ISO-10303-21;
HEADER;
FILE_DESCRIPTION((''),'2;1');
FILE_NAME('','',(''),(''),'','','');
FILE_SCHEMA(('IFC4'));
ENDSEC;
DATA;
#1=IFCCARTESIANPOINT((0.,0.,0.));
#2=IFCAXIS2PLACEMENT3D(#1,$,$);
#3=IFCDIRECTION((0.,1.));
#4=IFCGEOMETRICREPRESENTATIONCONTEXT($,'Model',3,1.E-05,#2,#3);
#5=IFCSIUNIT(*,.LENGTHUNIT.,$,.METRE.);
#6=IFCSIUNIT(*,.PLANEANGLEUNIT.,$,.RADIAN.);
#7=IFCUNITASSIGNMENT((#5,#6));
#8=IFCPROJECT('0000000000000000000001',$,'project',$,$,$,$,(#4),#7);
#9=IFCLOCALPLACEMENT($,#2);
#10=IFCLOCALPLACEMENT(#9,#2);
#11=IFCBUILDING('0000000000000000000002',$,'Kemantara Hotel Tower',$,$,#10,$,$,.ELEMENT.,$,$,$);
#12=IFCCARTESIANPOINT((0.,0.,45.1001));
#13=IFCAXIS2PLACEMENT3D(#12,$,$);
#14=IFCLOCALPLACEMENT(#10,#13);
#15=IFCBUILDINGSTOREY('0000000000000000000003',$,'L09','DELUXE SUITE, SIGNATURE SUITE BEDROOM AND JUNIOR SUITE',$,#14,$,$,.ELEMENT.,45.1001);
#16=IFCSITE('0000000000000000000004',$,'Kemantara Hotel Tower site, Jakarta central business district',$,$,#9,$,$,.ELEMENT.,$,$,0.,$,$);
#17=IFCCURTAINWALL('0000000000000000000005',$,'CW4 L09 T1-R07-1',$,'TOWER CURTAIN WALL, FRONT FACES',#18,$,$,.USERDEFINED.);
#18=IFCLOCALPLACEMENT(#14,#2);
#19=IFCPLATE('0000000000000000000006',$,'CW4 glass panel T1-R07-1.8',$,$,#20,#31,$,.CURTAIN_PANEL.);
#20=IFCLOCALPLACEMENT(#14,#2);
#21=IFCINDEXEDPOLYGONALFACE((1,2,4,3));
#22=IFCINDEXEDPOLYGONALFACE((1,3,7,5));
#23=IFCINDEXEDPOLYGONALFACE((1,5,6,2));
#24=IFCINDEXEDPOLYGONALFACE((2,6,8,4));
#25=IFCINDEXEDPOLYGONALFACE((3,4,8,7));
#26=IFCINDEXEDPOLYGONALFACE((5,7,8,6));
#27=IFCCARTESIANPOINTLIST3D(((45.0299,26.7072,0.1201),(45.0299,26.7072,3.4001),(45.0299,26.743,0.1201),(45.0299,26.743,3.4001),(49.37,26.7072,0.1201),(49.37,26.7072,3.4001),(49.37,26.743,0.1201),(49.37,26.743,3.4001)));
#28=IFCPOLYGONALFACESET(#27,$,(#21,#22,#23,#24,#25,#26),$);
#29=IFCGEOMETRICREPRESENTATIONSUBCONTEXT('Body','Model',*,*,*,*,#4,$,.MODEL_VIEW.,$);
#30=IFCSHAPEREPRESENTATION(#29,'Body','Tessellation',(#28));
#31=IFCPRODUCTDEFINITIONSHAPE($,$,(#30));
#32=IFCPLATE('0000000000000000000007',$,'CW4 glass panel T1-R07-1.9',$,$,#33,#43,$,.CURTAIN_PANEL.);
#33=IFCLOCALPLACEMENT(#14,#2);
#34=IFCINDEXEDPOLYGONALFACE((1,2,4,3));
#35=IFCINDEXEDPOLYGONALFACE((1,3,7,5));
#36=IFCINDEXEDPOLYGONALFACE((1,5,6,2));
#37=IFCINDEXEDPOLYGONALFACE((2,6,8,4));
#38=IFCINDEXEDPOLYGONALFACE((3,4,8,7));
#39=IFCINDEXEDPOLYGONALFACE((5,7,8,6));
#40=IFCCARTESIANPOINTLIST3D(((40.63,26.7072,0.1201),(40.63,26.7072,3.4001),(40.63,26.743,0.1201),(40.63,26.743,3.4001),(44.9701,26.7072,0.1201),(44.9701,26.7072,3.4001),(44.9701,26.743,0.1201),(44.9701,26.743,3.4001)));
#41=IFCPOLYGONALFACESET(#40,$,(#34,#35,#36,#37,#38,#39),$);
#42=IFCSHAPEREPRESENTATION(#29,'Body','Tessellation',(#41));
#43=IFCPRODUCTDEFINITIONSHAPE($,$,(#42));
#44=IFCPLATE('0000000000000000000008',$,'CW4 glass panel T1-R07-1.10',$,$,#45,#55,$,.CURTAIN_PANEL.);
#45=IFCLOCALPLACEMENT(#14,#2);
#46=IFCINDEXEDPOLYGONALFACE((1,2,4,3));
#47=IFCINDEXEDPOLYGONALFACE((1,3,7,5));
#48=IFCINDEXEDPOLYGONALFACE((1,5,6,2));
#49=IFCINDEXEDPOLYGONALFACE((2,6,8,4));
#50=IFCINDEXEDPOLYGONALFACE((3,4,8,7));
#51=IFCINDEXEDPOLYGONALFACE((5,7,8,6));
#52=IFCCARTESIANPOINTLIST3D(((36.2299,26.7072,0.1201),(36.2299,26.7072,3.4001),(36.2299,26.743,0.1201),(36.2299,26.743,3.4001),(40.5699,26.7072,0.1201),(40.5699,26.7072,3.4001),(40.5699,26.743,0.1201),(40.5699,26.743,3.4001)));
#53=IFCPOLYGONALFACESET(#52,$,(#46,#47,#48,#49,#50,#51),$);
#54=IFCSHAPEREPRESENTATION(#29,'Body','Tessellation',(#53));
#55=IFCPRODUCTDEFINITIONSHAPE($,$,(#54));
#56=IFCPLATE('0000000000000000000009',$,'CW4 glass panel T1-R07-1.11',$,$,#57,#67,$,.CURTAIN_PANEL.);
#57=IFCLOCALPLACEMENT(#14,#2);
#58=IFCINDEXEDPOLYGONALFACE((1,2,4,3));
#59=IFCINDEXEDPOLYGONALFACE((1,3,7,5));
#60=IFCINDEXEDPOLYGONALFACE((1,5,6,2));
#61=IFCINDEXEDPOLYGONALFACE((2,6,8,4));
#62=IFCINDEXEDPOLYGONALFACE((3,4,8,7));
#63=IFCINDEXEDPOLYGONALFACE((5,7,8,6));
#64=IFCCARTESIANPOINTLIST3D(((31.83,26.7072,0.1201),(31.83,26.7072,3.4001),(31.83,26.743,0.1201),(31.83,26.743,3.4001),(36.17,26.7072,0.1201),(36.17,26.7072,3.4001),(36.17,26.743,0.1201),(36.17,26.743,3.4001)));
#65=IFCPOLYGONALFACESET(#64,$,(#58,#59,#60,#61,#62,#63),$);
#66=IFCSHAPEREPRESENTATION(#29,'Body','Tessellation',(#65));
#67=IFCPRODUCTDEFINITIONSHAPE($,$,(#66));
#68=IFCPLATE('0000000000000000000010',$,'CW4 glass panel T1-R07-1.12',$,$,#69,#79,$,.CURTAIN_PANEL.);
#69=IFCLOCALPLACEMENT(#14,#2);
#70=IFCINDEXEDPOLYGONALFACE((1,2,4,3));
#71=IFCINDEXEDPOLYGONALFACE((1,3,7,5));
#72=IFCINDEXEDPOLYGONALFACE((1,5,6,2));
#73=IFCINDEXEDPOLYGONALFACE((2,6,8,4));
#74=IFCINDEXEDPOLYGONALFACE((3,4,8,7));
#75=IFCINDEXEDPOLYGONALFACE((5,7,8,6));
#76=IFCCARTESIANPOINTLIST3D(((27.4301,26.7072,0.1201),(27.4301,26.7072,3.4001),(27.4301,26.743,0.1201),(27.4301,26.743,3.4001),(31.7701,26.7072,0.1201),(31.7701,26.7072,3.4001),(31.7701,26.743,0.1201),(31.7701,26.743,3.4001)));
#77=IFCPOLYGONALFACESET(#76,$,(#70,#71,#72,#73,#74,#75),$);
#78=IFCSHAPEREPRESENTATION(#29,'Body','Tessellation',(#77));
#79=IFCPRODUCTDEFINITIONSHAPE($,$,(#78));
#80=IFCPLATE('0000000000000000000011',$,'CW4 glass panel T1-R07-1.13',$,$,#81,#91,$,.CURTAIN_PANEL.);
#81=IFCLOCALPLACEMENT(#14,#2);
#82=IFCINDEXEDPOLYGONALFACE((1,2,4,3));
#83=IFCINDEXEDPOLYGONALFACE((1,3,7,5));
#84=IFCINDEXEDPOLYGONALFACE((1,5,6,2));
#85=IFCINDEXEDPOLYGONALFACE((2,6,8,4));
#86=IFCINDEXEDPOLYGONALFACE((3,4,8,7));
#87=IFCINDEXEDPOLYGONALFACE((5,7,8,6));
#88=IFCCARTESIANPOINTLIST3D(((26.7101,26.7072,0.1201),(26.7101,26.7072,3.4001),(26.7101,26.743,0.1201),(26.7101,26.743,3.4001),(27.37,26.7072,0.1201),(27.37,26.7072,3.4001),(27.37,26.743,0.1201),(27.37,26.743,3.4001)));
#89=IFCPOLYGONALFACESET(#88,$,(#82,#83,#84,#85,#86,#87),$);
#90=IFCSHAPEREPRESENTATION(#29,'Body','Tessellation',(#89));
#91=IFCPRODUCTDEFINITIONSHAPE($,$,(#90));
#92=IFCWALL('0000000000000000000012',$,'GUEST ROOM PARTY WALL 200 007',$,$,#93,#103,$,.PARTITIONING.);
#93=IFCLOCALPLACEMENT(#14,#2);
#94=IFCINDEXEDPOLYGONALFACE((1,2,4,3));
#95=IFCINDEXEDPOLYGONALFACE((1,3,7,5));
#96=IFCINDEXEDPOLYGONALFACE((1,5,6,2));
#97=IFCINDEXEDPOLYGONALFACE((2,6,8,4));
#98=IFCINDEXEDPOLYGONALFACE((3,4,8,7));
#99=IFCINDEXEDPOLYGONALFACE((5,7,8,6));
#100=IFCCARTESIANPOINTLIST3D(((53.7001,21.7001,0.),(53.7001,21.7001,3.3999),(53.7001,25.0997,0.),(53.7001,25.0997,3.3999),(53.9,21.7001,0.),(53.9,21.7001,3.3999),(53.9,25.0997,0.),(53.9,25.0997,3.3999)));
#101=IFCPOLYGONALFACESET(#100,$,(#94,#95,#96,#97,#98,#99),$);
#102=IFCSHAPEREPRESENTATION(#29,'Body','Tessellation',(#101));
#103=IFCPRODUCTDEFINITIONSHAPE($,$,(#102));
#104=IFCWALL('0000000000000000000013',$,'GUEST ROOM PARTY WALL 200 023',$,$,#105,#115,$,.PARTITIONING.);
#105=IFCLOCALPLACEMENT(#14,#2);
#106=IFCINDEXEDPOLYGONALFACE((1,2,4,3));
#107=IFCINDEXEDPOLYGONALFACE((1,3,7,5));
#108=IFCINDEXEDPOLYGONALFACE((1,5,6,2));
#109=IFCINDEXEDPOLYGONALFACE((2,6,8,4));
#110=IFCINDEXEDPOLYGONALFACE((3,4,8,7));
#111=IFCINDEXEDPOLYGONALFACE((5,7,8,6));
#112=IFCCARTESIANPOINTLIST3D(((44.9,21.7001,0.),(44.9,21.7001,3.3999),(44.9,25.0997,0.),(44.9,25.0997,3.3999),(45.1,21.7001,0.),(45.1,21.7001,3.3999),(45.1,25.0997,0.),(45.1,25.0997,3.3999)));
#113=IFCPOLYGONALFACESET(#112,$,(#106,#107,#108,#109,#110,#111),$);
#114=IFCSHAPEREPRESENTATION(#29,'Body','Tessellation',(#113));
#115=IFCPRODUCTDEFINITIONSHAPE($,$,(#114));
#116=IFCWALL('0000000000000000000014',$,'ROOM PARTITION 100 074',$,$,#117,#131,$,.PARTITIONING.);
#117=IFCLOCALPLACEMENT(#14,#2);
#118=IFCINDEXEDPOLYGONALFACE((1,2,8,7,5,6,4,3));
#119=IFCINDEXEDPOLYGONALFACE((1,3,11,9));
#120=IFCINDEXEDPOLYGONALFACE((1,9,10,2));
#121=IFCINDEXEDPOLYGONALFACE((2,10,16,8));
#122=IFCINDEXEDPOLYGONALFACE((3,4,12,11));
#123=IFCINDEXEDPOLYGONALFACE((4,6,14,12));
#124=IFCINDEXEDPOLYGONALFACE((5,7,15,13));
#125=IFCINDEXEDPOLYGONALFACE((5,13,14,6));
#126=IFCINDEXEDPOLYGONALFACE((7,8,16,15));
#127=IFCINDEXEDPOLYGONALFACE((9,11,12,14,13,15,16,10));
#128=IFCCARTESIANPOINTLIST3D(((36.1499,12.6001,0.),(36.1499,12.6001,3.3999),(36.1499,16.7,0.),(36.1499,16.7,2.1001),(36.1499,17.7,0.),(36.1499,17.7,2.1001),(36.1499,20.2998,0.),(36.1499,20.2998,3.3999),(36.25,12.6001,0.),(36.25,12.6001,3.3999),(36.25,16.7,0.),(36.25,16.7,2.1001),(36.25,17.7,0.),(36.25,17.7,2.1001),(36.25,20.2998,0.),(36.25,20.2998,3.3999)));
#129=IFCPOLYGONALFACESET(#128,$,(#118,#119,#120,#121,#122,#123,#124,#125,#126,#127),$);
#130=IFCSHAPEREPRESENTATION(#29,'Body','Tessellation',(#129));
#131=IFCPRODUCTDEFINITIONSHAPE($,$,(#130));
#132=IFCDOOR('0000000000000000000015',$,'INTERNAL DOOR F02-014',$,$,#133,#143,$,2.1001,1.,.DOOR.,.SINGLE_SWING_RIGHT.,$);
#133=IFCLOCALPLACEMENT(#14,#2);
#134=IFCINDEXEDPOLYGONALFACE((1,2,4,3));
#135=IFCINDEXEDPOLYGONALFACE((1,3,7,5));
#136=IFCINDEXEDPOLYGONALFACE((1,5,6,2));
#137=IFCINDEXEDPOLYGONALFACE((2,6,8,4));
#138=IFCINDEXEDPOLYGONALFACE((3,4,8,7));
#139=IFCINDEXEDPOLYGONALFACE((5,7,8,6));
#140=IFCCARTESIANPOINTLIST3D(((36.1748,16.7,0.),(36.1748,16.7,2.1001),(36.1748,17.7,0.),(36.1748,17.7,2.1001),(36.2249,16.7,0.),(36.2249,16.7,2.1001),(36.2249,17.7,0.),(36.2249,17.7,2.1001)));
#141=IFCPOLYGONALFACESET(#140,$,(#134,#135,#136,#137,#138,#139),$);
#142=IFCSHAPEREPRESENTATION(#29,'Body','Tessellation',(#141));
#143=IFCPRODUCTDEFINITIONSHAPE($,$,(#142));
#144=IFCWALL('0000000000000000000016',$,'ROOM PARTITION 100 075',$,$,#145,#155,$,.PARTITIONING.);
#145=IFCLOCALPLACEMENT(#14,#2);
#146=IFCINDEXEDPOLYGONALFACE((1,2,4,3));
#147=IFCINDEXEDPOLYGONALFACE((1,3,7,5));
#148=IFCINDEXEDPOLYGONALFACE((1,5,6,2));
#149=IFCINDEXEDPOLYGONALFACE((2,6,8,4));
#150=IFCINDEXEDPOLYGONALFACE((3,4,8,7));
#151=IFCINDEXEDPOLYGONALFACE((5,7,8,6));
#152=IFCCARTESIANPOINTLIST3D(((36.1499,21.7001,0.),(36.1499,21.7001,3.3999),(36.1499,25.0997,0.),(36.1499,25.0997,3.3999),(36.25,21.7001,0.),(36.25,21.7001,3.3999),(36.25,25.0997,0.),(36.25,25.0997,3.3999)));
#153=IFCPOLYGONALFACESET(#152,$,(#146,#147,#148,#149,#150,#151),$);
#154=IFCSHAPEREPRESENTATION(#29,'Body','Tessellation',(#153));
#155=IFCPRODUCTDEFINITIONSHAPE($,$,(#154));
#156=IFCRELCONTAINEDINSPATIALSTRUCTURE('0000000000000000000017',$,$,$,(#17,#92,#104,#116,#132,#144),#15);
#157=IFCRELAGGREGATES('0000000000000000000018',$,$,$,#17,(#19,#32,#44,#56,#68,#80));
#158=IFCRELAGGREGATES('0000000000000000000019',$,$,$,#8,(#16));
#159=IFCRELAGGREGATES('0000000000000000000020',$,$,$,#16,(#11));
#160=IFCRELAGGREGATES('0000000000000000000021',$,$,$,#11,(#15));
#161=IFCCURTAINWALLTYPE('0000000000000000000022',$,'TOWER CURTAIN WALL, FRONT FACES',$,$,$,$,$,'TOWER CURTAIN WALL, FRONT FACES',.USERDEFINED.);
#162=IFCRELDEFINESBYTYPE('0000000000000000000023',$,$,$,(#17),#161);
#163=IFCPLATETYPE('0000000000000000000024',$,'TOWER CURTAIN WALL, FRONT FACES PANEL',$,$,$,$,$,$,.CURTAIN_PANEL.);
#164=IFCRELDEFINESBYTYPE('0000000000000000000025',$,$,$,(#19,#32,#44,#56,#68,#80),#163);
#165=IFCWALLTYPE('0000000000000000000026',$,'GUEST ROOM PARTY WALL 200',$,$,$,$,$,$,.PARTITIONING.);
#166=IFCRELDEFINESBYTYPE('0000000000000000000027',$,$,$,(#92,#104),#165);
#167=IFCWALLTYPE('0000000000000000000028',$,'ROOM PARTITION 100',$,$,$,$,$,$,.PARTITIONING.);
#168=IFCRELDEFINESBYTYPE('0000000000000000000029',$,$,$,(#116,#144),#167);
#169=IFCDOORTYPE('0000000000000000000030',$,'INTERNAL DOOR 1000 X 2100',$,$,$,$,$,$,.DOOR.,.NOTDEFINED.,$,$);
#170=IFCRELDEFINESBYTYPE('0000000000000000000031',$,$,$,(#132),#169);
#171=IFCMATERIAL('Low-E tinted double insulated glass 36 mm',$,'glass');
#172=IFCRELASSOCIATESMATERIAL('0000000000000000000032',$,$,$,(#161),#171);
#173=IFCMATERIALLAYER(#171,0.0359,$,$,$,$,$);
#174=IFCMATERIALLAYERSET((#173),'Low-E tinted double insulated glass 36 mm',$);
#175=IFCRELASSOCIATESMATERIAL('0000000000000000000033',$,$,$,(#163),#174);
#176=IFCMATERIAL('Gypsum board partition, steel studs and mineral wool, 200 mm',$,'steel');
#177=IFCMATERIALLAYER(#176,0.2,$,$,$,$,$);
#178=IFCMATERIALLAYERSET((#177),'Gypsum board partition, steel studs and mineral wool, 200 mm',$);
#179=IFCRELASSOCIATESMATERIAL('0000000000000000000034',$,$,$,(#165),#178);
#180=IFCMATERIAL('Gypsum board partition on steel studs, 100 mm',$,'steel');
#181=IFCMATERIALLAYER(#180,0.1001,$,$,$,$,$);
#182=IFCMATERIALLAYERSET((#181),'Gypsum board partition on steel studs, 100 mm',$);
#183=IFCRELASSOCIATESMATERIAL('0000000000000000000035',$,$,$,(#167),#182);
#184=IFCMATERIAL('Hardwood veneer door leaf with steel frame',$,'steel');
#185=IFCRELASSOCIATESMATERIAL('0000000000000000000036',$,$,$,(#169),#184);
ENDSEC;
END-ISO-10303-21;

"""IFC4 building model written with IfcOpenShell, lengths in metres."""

from ifc_helpers import new_model, si_unit, direction, frame, frame_2d, origin, origin_2d, place, context, subcontext, project, spatial, rectangle, extrude, source, transform, mapped, material, layer, layer_set, type_object, element, fill, aggregate, save


model = new_model("IFC4")

# Units and contexts
model_context = context("Model", 3, precision=1e-05, world=origin(), true_north=direction((0.0, 1.0)))
body_context = subcontext(model_context, "Body", "Model", "MODEL_VIEW")
ifc_project = project(units=[si_unit("LENGTHUNIT", "METRE"), si_unit("PLANEANGLEUNIT", "RADIAN")], contexts=[model_context])

# Site, building, storey
site_placement = place(None, origin())
site = spatial("IfcSite", under=ifc_project, at=site_placement, Name="Kemantara Hotel Tower site, Jakarta central business district", CompositionType="ELEMENT", RefElevation=0.0)
building_placement = place(site_placement, origin())
building = spatial("IfcBuilding", under=site, at=building_placement, Name="Kemantara Hotel Tower", CompositionType="ELEMENT")
storey_placement = place(building_placement, frame((0.0, 0.0, 45.1001)))
storey = spatial("IfcBuildingStorey", under=building, at=storey_placement, Name="L09", Description="DELUXE SUITE, SIGNATURE SUITE BEDROOM AND JUNIOR SUITE", CompositionType="ELEMENT", Elevation=45.1001)

# Curtain wall, plates
ifc_material_1 = material(Name="Low-E tinted double insulated glass 36 mm", Category="glass")
curtain_wall_type = type_object("IfcCurtainWallType", Name="TOWER CURTAIN WALL, FRONT FACES", ElementType="TOWER CURTAIN WALL, FRONT FACES", PredefinedType="USERDEFINED", material=ifc_material_1)
curtain_wall_placement = place(storey_placement, origin())
curtain_wall = element("IfcCurtainWall", 1, at=curtain_wall_placement, inside=storey, type_object=curtain_wall_type, Name="CW4 L09 T1-R07-1", ObjectType="TOWER CURTAIN WALL, FRONT FACES", PredefinedType="USERDEFINED")
ifc_layer_1 = layer(ifc_material_1, 0.0359)
ifc_layer_set_1 = layer_set([ifc_layer_1], Name="Low-E tinted double insulated glass 36 mm")
plate_type = type_object("IfcPlateType", Name="TOWER CURTAIN WALL, FRONT FACES PANEL", PredefinedType="CURTAIN_PANEL", material=ifc_layer_set_1)
shared_shape_1 = source(origin(), body_context, "Body", "SweptSolid", [
    extrude(rectangle(XDim=4.3401, YDim=0.0359, at=origin_2d()), origin(), (0.0, 0.0, 1.0), 3.28),
])
plate_1_placement = place(storey_placement, frame((47.2, 26.7251, 0.1201), z_axis=(0.0, 0.0, 1.0), x_axis=(-1.0, 0.0, 0.0)))
plate_1 = element("IfcPlate", 2, at=plate_1_placement, type_object=plate_type, Name="CW4 glass panel T1-R07-1.8", PredefinedType="CURTAIN_PANEL", context=body_context, shape_type="MappedRepresentation", body=[
    mapped(shared_shape_1, transform((0.0, 0.0, 0.0))),
])
plate_2_placement = place(storey_placement, frame((42.8, 26.7251, 0.1201), z_axis=(0.0, 0.0, 1.0), x_axis=(-1.0, 0.0, 0.0)))
plate_2 = element("IfcPlate", 3, at=plate_2_placement, type_object=plate_type, Name="CW4 glass panel T1-R07-1.9", PredefinedType="CURTAIN_PANEL", context=body_context, shape_type="MappedRepresentation", body=[
    mapped(shared_shape_1, transform((0.0, 0.0, 0.0))),
])
plate_3_placement = place(storey_placement, frame((38.3999, 26.7251, 0.1201), z_axis=(0.0, 0.0, 1.0), x_axis=(-1.0, 0.0, 0.0)))
plate_3 = element("IfcPlate", 4, at=plate_3_placement, type_object=plate_type, Name="CW4 glass panel T1-R07-1.10", PredefinedType="CURTAIN_PANEL", context=body_context, shape_type="MappedRepresentation", body=[
    mapped(shared_shape_1, transform((0.0, 0.0, 0.0))),
])
plate_4_placement = place(storey_placement, frame((34.0, 26.7251, 0.1201), z_axis=(0.0, 0.0, 1.0), x_axis=(-1.0, 0.0, 0.0)))
plate_4 = element("IfcPlate", 5, at=plate_4_placement, type_object=plate_type, Name="CW4 glass panel T1-R07-1.11", PredefinedType="CURTAIN_PANEL", context=body_context, shape_type="MappedRepresentation", body=[
    mapped(shared_shape_1, transform((0.0, 0.0, 0.0))),
])
plate_5_placement = place(storey_placement, frame((29.6001, 26.7251, 0.1201), z_axis=(0.0, 0.0, 1.0), x_axis=(-1.0, 0.0, 0.0)))
plate_5 = element("IfcPlate", 6, at=plate_5_placement, type_object=plate_type, Name="CW4 glass panel T1-R07-1.12", PredefinedType="CURTAIN_PANEL", context=body_context, shape_type="MappedRepresentation", body=[
    mapped(shared_shape_1, transform((0.0, 0.0, 0.0))),
])
shared_shape_2 = source(origin(), body_context, "Body", "SweptSolid", [
    extrude(rectangle(XDim=0.6599, YDim=0.0359, at=origin_2d()), origin(), (0.0, 0.0, 1.0), 3.28),
])
plate_6_placement = place(storey_placement, frame((27.04, 26.7251, 0.1201), z_axis=(0.0, 0.0, 1.0), x_axis=(-1.0, 0.0, 0.0)))
plate_6 = element("IfcPlate", 7, at=plate_6_placement, type_object=plate_type, Name="CW4 glass panel T1-R07-1.13", PredefinedType="CURTAIN_PANEL", context=body_context, shape_type="MappedRepresentation", body=[
    mapped(shared_shape_2, transform((0.0, 0.0, 0.0))),
])
aggregate(curtain_wall, [plate_1, plate_2, plate_3, plate_4, plate_5, plate_6])

# Walls
ifc_material_2 = material(Name="Gypsum board partition, steel studs and mineral wool, 200 mm", Category="steel")
ifc_layer_2 = layer(ifc_material_2, 0.2)
ifc_layer_set_2 = layer_set([ifc_layer_2], Name="Gypsum board partition, steel studs and mineral wool, 200 mm")
wall_type_1 = type_object("IfcWallType", Name="GUEST ROOM PARTY WALL 200", PredefinedType="PARTITIONING", material=ifc_layer_set_2)
for number, where, z_axis, x_axis, name in (
    (8, (53.8, 21.7002, 0.0), (0.0, 0.0, 1.0), (0.0, 1.0, 0.0), "GUEST ROOM PARTY WALL 200 007"),
    (9, (45.0, 21.7002, 0.0), (0.0, 0.0, 1.0), (0.0, 1.0, 0.0), "GUEST ROOM PARTY WALL 200 023"),
):
    element("IfcWall", number, at=place(storey_placement, frame(where, z_axis=z_axis, x_axis=x_axis)), inside=storey, type_object=wall_type_1, Name=name, PredefinedType="PARTITIONING", context=body_context, shape_type="SweptSolid", body=[
        extrude(rectangle(XDim=3.3997, YDim=0.2, at=frame_2d((1.6997, 0.0))), origin(), (0.0, 0.0, 1.0), 3.3999),
    ])

# Wall, opening, door
ifc_material_3 = material(Name="Gypsum board partition on steel studs, 100 mm", Category="steel")
ifc_layer_3 = layer(ifc_material_3, 0.1001)
ifc_layer_set_3 = layer_set([ifc_layer_3], Name="Gypsum board partition on steel studs, 100 mm")
wall_type_2 = type_object("IfcWallType", Name="ROOM PARTITION 100", PredefinedType="PARTITIONING", material=ifc_layer_set_3)
wall_1_placement = place(storey_placement, frame((36.2, 20.2998, 0.0), z_axis=(0.0, 0.0, 1.0), x_axis=(0.0, -1.0, 0.0)))
wall_1 = element("IfcWall", 10, at=wall_1_placement, inside=storey, type_object=wall_type_2, Name="ROOM PARTITION 100 074", PredefinedType="PARTITIONING", context=body_context, shape_type="SweptSolid", body=[
    extrude(rectangle(XDim=7.6997, YDim=0.1001, at=frame_2d((3.8499, 0.0))), origin(), (0.0, 0.0, 1.0), 3.3999),
])
opening_placement = place(wall_1_placement, frame((2.5999, 0.0, 0.0)))
opening = element("IfcOpeningElement", 11, at=opening_placement, cuts=wall_1, PredefinedType="OPENING", context=body_context, shape_type="SweptSolid", body=[
    extrude(rectangle(XDim=1.0, YDim=2.1001, at=frame_2d((0.5, 1.05))), frame((0.0, 0.0601, 0.0), z_axis=(0.0, -1.0, 0.0), x_axis=(1.0, 0.0, 0.0)), (0.0, 0.0, 1.0), 0.1201),
])
ifc_material_4 = material(Name="Hardwood veneer door leaf with steel frame", Category="steel")
door_type = type_object("IfcDoorType", Name="INTERNAL DOOR 1000 X 2100", OperationType="NOTDEFINED", PredefinedType="DOOR", material=ifc_material_4)
door_placement = place(opening_placement, origin())
door = element("IfcDoor", 12, at=door_placement, inside=storey, type_object=door_type, Name="INTERNAL DOOR F02-014", OperationType="SINGLE_SWING_RIGHT", OverallHeight=2.1001, OverallWidth=1.0, PredefinedType="DOOR", context=body_context, shape_type="SweptSolid", body=[
    extrude(rectangle(XDim=1.0, YDim=2.1001, at=frame_2d((0.5, 1.05))), frame((0.0, 0.0249, 0.0), z_axis=(0.0, -1.0, 0.0), x_axis=(1.0, 0.0, 0.0)), (0.0, 0.0, 1.0), 0.05),
])
fill(opening, door)

# Wall
wall_2_placement = place(storey_placement, frame((36.2, 21.7002, 0.0), z_axis=(0.0, 0.0, 1.0), x_axis=(0.0, 1.0, 0.0)))
element("IfcWall", 13, at=wall_2_placement, inside=storey, type_object=wall_type_2, Name="ROOM PARTITION 100 075", PredefinedType="PARTITIONING", context=body_context, shape_type="SweptSolid", body=[
    extrude(rectangle(XDim=3.3997, YDim=0.1001, at=frame_2d((1.6997, 0.0))), origin(), (0.0, 0.0, 1.0), 3.3999),
])

save(model, "model.ifc")
